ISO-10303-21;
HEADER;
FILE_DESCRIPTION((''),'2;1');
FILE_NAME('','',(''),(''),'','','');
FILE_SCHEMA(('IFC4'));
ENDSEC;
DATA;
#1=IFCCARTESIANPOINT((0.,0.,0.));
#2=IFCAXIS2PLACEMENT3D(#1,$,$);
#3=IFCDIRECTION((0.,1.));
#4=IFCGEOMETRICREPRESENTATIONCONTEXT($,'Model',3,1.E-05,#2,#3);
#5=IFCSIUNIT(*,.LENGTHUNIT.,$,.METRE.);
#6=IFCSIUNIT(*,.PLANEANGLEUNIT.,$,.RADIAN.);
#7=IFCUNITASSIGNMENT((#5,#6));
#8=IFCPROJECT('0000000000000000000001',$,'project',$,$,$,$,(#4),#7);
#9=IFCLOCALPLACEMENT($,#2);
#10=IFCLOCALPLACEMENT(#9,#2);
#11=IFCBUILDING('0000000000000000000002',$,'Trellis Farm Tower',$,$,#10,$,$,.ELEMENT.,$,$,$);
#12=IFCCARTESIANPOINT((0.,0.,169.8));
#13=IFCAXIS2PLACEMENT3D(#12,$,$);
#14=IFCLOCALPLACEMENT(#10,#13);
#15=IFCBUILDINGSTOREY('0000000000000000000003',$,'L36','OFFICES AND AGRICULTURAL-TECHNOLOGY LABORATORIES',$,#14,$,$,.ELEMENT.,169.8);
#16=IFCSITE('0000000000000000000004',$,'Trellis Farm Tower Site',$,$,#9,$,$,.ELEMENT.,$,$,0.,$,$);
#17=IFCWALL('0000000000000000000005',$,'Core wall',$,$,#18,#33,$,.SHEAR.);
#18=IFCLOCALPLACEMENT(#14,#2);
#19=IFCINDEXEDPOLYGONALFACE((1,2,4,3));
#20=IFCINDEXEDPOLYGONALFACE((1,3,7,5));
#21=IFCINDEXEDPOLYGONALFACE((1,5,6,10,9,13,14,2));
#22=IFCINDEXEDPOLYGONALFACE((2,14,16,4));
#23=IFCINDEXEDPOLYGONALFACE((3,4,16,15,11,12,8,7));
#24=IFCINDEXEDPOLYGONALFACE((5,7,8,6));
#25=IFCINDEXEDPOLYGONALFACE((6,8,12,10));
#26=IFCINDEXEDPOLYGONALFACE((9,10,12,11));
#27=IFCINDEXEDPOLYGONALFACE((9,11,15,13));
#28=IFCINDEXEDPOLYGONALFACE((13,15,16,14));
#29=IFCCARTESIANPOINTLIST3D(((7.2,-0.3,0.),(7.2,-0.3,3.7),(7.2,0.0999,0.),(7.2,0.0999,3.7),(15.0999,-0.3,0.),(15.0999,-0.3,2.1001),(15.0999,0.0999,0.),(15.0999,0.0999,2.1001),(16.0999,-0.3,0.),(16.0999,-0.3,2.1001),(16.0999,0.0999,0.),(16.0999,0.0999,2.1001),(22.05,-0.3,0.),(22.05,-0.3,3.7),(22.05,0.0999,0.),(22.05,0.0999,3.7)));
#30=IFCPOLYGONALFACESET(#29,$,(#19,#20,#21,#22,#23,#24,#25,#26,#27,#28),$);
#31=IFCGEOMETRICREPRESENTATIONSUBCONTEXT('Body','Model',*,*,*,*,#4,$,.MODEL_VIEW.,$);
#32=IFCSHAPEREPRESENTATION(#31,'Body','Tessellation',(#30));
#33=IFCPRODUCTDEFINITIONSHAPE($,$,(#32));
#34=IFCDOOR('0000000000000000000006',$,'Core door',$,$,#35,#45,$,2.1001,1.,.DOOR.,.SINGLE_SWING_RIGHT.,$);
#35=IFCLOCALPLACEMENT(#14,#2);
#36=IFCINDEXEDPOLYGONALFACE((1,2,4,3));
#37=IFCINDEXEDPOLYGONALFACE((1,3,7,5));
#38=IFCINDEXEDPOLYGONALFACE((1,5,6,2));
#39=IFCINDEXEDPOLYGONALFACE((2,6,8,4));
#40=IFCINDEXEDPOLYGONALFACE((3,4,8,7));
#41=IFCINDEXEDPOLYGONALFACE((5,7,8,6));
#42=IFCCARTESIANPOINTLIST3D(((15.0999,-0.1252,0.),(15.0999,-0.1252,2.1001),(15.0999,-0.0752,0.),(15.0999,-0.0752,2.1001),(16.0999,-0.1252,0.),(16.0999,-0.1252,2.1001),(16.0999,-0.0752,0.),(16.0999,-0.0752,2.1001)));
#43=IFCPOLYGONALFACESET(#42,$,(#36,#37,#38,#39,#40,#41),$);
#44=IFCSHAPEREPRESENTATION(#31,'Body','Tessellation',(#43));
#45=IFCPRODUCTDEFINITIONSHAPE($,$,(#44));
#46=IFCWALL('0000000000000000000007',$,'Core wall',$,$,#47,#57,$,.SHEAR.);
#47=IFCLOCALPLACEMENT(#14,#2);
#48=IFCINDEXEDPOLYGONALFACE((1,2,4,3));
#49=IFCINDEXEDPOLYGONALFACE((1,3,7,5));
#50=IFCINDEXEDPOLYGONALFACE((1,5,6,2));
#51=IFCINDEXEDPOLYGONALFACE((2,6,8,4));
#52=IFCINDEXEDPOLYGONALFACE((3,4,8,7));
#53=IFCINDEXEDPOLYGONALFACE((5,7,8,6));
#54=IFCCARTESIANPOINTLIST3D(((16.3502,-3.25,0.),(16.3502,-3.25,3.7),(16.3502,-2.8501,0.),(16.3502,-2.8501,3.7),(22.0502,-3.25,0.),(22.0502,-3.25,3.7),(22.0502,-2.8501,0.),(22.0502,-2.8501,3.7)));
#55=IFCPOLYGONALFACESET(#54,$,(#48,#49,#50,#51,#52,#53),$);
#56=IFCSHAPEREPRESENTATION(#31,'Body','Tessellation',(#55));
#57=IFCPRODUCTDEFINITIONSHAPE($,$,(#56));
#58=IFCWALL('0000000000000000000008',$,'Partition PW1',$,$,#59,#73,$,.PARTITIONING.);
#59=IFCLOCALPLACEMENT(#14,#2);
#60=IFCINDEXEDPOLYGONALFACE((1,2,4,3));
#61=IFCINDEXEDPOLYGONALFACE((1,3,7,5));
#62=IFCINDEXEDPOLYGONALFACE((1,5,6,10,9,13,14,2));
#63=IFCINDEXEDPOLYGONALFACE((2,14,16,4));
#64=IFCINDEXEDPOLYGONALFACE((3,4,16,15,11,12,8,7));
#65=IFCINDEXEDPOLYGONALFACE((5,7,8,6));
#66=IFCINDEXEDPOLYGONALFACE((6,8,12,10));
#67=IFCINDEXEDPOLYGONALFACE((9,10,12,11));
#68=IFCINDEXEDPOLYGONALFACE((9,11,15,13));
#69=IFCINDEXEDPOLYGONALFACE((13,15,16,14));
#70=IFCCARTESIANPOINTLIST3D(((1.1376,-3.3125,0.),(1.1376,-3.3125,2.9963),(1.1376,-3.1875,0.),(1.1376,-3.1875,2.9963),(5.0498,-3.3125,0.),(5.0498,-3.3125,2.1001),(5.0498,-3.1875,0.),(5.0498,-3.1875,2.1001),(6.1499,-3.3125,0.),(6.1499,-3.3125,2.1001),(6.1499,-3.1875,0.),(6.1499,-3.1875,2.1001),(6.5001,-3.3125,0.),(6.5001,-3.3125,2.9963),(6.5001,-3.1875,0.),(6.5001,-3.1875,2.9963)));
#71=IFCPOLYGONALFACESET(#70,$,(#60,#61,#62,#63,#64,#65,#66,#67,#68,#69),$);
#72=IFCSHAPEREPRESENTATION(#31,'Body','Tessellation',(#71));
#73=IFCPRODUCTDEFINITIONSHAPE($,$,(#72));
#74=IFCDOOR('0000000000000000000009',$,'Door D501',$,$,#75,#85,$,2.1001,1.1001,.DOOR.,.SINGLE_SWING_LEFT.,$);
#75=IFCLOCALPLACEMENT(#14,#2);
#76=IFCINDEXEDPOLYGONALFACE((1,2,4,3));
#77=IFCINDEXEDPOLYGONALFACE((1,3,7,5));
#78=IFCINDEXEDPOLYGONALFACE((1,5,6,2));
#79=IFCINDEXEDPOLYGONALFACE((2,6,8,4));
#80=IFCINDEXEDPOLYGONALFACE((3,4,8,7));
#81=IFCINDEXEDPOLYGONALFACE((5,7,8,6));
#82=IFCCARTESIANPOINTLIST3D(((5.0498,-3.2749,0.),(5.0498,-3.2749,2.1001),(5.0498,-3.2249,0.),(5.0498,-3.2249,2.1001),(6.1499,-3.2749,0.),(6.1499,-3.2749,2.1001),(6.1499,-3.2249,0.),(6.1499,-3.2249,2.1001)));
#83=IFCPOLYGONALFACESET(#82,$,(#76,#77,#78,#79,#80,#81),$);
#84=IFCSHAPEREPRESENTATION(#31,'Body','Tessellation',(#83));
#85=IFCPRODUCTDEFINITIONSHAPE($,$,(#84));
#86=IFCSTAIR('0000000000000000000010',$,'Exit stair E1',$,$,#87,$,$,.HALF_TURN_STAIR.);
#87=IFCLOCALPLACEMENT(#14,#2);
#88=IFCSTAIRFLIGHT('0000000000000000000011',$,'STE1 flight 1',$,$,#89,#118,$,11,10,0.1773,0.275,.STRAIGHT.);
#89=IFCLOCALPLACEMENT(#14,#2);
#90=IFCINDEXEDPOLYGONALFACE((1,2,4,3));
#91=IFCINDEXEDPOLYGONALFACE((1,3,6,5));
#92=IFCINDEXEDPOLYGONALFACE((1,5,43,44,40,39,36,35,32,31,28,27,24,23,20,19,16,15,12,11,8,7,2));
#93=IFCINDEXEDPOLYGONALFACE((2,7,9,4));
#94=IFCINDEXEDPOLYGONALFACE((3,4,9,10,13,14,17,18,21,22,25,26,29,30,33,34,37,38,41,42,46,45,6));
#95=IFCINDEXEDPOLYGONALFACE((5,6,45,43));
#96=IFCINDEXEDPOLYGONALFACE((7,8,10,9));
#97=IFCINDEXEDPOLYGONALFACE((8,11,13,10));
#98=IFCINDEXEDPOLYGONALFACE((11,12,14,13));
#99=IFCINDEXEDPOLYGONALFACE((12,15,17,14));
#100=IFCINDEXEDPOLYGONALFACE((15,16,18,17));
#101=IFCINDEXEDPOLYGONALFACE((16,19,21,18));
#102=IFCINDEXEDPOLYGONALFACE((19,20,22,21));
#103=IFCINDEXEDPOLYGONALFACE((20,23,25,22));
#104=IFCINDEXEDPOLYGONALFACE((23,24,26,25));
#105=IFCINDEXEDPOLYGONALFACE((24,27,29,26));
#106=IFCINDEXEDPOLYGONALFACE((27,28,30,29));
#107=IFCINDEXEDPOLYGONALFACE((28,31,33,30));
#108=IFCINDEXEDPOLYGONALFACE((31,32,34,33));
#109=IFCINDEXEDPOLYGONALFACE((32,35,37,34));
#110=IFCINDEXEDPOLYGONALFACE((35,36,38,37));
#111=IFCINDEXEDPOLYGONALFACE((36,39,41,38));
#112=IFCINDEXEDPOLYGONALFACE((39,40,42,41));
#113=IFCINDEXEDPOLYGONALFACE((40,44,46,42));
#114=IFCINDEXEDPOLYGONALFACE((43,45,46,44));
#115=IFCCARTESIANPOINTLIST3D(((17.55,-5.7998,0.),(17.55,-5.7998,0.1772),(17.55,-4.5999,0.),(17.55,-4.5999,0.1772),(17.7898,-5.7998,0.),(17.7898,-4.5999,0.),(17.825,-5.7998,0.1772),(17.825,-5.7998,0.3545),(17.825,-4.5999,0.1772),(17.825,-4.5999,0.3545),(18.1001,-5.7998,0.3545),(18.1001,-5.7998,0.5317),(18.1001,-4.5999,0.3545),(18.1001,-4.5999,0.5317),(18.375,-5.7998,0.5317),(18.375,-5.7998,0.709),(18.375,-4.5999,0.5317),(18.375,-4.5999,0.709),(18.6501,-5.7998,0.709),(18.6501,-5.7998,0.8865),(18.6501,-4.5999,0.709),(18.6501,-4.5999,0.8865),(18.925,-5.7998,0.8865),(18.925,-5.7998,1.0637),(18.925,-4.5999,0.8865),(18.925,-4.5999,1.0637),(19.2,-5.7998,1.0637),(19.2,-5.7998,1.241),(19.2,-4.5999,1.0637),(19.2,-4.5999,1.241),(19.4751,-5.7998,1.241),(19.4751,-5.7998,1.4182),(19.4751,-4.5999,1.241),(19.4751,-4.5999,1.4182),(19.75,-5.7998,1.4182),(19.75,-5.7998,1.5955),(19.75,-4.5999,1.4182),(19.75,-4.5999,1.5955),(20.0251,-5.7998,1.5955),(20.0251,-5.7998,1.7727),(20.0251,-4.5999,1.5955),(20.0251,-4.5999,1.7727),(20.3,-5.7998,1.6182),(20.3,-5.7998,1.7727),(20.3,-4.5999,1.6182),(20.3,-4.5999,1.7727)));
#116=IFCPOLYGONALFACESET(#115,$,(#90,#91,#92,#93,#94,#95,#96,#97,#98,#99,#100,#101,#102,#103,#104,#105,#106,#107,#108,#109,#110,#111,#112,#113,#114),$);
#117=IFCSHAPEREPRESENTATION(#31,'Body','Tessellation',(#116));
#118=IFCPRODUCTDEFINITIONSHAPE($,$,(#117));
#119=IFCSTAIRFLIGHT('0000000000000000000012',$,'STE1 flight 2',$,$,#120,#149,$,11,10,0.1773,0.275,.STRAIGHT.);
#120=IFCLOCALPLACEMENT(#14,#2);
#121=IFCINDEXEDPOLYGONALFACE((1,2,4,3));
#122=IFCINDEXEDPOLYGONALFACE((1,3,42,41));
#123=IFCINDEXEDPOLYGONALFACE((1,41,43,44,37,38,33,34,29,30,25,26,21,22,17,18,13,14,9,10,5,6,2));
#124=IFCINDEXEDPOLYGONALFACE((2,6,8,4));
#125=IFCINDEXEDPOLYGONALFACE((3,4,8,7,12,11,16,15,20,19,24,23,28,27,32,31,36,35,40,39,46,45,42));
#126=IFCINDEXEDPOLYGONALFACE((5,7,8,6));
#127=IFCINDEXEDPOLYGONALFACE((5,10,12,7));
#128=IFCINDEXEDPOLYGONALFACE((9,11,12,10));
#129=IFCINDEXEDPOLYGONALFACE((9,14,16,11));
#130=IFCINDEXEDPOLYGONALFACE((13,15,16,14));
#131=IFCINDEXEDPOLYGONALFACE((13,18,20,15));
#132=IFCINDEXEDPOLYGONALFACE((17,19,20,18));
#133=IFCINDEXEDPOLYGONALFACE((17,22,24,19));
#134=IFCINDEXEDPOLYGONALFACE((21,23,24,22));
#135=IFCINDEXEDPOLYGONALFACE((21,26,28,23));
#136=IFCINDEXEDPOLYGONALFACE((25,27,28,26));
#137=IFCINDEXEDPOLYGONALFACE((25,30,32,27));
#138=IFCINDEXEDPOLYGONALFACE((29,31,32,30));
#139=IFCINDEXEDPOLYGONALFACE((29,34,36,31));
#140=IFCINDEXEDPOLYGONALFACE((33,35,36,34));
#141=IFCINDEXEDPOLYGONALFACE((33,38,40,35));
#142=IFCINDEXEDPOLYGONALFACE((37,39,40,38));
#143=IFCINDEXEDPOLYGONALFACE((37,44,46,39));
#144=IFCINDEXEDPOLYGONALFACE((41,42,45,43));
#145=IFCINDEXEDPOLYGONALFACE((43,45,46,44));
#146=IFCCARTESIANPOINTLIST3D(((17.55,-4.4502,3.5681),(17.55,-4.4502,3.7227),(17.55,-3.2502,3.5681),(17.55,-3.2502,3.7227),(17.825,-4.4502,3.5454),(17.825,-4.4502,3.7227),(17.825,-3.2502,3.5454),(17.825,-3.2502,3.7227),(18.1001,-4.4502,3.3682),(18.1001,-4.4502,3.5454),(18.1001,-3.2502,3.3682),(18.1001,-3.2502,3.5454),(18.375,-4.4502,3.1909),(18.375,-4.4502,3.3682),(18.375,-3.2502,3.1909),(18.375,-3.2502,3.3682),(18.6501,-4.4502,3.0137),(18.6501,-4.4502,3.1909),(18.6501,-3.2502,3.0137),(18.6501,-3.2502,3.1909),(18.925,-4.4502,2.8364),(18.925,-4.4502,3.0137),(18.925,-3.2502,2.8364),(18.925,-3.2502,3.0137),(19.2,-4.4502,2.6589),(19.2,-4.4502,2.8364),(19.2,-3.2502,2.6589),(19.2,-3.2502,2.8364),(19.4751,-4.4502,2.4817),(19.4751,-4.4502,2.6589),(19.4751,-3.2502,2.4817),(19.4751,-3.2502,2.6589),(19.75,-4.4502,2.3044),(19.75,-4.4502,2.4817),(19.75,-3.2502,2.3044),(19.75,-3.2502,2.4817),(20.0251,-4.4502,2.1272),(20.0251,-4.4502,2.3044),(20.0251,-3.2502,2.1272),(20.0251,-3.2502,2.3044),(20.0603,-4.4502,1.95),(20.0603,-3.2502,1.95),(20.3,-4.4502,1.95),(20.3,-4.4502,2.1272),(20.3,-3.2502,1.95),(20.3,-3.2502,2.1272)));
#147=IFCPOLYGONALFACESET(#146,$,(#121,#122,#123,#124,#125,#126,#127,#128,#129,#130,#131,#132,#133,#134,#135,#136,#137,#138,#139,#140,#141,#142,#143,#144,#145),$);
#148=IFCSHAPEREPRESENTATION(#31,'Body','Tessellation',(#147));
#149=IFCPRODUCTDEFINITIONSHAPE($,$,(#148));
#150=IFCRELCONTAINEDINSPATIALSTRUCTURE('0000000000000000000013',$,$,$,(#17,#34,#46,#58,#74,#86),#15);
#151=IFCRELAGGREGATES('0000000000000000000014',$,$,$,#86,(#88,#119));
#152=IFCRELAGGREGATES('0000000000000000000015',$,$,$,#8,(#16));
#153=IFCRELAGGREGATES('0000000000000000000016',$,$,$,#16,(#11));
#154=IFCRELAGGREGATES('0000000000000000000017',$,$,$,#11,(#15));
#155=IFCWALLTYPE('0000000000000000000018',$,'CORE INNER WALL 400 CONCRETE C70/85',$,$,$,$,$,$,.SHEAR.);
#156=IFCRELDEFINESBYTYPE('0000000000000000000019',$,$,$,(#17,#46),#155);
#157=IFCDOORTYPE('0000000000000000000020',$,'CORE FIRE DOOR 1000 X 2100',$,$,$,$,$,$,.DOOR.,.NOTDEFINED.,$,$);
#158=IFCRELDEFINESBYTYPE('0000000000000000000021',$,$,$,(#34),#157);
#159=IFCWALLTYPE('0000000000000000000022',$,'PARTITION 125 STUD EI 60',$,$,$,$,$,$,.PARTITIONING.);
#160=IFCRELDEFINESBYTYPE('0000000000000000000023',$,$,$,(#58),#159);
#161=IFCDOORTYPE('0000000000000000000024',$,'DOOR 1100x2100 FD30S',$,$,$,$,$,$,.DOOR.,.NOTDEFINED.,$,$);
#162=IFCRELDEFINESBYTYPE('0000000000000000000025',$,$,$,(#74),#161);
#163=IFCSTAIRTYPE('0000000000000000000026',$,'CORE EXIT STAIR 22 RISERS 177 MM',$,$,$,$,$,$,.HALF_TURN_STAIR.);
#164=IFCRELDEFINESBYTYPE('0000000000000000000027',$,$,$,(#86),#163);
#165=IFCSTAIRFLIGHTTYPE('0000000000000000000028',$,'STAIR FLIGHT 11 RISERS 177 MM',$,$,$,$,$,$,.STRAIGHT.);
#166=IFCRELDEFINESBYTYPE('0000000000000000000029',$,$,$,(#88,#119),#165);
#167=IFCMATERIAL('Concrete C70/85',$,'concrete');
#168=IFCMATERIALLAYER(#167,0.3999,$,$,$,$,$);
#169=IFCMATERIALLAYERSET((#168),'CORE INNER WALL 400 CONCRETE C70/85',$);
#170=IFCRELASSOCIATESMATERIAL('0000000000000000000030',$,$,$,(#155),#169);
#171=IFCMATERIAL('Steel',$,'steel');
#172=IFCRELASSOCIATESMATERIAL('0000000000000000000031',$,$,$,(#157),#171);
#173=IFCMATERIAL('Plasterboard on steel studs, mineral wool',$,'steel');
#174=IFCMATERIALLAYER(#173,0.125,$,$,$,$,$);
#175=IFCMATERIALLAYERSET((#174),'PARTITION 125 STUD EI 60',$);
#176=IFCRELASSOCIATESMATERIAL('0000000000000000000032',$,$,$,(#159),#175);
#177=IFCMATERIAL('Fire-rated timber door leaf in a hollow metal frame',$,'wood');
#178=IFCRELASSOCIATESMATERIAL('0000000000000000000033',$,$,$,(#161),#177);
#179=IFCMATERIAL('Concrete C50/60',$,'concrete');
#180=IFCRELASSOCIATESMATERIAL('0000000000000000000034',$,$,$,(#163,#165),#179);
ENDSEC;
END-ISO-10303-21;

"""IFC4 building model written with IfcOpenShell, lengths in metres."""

from ifc_helpers import new_model, si_unit, direction, frame, frame_2d, origin, place, context, subcontext, project, spatial, polyline, rectangle, outline, extrude, source, transform, mapped, material, layer, layer_set, type_object, element, fill, aggregate, save


model = new_model("IFC4")

# Units and contexts
model_context = context("Model", 3, precision=1e-05, world=origin(), true_north=direction((0.0, 1.0)))
body_context = subcontext(model_context, "Body", "Model", "MODEL_VIEW")
ifc_project = project(units=[si_unit("LENGTHUNIT", "METRE"), si_unit("PLANEANGLEUNIT", "RADIAN")], contexts=[model_context])

# Site, building, storey
site_placement = place(None, origin())
site = spatial("IfcSite", under=ifc_project, at=site_placement, Name="Trellis Farm Tower Site", CompositionType="ELEMENT", RefElevation=0.0)
building_placement = place(site_placement, origin())
building = spatial("IfcBuilding", under=site, at=building_placement, Name="Trellis Farm Tower", CompositionType="ELEMENT")
storey_placement = place(building_placement, frame((0.0, 0.0, 169.8)))
storey = spatial("IfcBuildingStorey", under=building, at=storey_placement, Name="L36", Description="OFFICES AND AGRICULTURAL-TECHNOLOGY LABORATORIES", CompositionType="ELEMENT", Elevation=169.8)

# Shared definitions
ifc_material_1 = material(Name="Concrete C70/85", Category="concrete")

# Shared definitions
placement = place(storey_placement, origin())

# Shared definitions
ifc_layer_1 = layer(ifc_material_1, 0.3999)
ifc_layer_set_1 = layer_set([ifc_layer_1], Name="CORE INNER WALL 400 CONCRETE C70/85")
wall_type_1 = type_object("IfcWallType", Name="CORE INNER WALL 400 CONCRETE C70/85", PredefinedType="SHEAR", material=ifc_layer_set_1)
shared_shape_1 = source(origin(), body_context, "Body", "SweptSolid", [
    extrude(rectangle(XDim=1.0, YDim=2.1001, at=frame_2d((0.5, 1.05))), frame((0.0, 0.21, 0.0), z_axis=(0.0, -1.0, 0.0), x_axis=(1.0, 0.0, 0.0)), (0.0, 0.0, 1.0), 0.4199),
])
ifc_material_2 = material(Name="Steel", Category="steel")
door_type_1 = type_object("IfcDoorType", Name="CORE FIRE DOOR 1000 X 2100", OperationType="NOTDEFINED", PredefinedType="DOOR", material=ifc_material_2)
shared_shape_2 = source(origin(), body_context, "Body", "SweptSolid", [
    extrude(rectangle(XDim=1.0, YDim=2.1001, at=frame_2d((0.5, 1.05))), frame((0.0, 0.0249, 0.0), z_axis=(0.0, -1.0, 0.0), x_axis=(1.0, 0.0, 0.0)), (0.0, 0.0, 1.0), 0.05),
])

# Wall, opening, door
shared_shape_3 = source(origin(), body_context, "Body", "SweptSolid", [
    extrude(rectangle(XDim=14.8501, YDim=0.3999, at=frame_2d((7.425, 0.0))), origin(), (0.0, 0.0, 1.0), 3.7),
])
wall_1_placement = place(storey_placement, frame((7.2, -0.1001, 0.0), z_axis=(0.0, 0.0, 1.0), x_axis=(1.0, 0.0, 0.0)))
wall_1 = element("IfcWall", 1, at=wall_1_placement, inside=storey, type_object=wall_type_1, Name="Core wall", PredefinedType="SHEAR", context=body_context, shape_type="MappedRepresentation", body=[
    mapped(shared_shape_3, transform((0.0, 0.0, 0.0))),
])
opening_1_placement = place(wall_1_placement, frame((7.8999, 0.0, 0.0)))
opening_1 = element("IfcOpeningElement", 2, at=opening_1_placement, cuts=wall_1, PredefinedType="OPENING", context=body_context, shape_type="MappedRepresentation", body=[
    mapped(shared_shape_1, transform((0.0, 0.0, 0.0))),
])
door_1_placement = place(opening_1_placement, origin())
door_1 = element("IfcDoor", 3, at=door_1_placement, inside=storey, type_object=door_type_1, Name="Core door", OperationType="SINGLE_SWING_RIGHT", OverallHeight=2.1001, OverallWidth=1.0, PredefinedType="DOOR", context=body_context, shape_type="MappedRepresentation", body=[
    mapped(shared_shape_2, transform((0.0, 0.0, 0.0))),
])
fill(opening_1, door_1)

# Wall
shared_shape_4 = source(origin(), body_context, "Body", "SweptSolid", [
    extrude(rectangle(XDim=5.7, YDim=0.3999, at=frame_2d((2.8501, 0.0))), origin(), (0.0, 0.0, 1.0), 3.7),
])
wall_2_placement = place(storey_placement, frame((16.3501, -3.05, 0.0), z_axis=(0.0, 0.0, 1.0), x_axis=(1.0, 0.0, 0.0)))
element("IfcWall", 4, at=wall_2_placement, inside=storey, type_object=wall_type_1, Name="Core wall", PredefinedType="SHEAR", context=body_context, shape_type="MappedRepresentation", body=[
    mapped(shared_shape_4, transform((0.0, 0.0, 0.0))),
])

# Wall, opening, door
ifc_material_3 = material(Name="Plasterboard on steel studs, mineral wool", Category="steel")
ifc_layer_2 = layer(ifc_material_3, 0.125)
ifc_layer_set_2 = layer_set([ifc_layer_2], Name="PARTITION 125 STUD EI 60")
wall_type_2 = type_object("IfcWallType", Name="PARTITION 125 STUD EI 60", PredefinedType="PARTITIONING", material=ifc_layer_set_2)
shared_shape_5 = source(origin(), body_context, "Body", "SweptSolid", [
    extrude(rectangle(XDim=5.3625, YDim=0.125, at=frame_2d((2.6812, 0.0))), origin(), (0.0, 0.0, 1.0), 2.9963),
])
wall_3_placement = place(storey_placement, frame((6.5, -3.25, 0.0), z_axis=(0.0, 0.0, 1.0), x_axis=(-1.0, 0.0, 0.0)))
wall_3 = element("IfcWall", 5, at=wall_3_placement, inside=storey, type_object=wall_type_2, Name="Partition PW1", PredefinedType="PARTITIONING", context=body_context, shape_type="MappedRepresentation", body=[
    mapped(shared_shape_5, transform((0.0, 0.0, 0.0))),
])
shared_shape_6 = source(origin(), body_context, "Body", "SweptSolid", [
    extrude(rectangle(XDim=1.1001, YDim=2.1001, at=frame_2d((0.55, 1.05))), frame((0.0, 0.0725, 0.0), z_axis=(0.0, -1.0, 0.0), x_axis=(1.0, 0.0, 0.0)), (0.0, 0.0, 1.0), 0.145),
])
opening_2_placement = place(wall_3_placement, frame((0.3501, 0.0, 0.0)))
opening_2 = element("IfcOpeningElement", 6, at=opening_2_placement, cuts=wall_3, PredefinedType="OPENING", context=body_context, shape_type="MappedRepresentation", body=[
    mapped(shared_shape_6, transform((0.0, 0.0, 0.0))),
])
ifc_material_4 = material(Name="Fire-rated timber door leaf in a hollow metal frame", Category="wood")
door_type_2 = type_object("IfcDoorType", Name="DOOR 1100x2100 FD30S", OperationType="NOTDEFINED", PredefinedType="DOOR", material=ifc_material_4)
shared_shape_7 = source(origin(), body_context, "Body", "SweptSolid", [
    extrude(rectangle(XDim=1.1001, YDim=2.1001, at=frame_2d((0.55, 1.05))), frame((0.0, 0.0249, 0.0), z_axis=(0.0, -1.0, 0.0), x_axis=(1.0, 0.0, 0.0)), (0.0, 0.0, 1.0), 0.05),
])
door_2_placement = place(opening_2_placement, origin())
door_2 = element("IfcDoor", 7, at=door_2_placement, inside=storey, type_object=door_type_2, Name="Door D501", OperationType="SINGLE_SWING_LEFT", OverallHeight=2.1001, OverallWidth=1.1001, PredefinedType="DOOR", context=body_context, shape_type="MappedRepresentation", body=[
    mapped(shared_shape_7, transform((0.0, 0.0, 0.0))),
])
fill(opening_2, door_2)

# Stair, stair flights
ifc_material_5 = material(Name="Concrete C50/60", Category="concrete")
stair_type = type_object("IfcStairType", Name="CORE EXIT STAIR 22 RISERS 177 MM", PredefinedType="HALF_TURN_STAIR", material=ifc_material_5)
stair_1 = element("IfcStair", 8, at=placement, inside=storey, type_object=stair_type, Name="Exit stair E1", PredefinedType="HALF_TURN_STAIR")
stair_flight_type = type_object("IfcStairFlightType", Name="STAIR FLIGHT 11 RISERS 177 MM", PredefinedType="STRAIGHT", material=ifc_material_5)
shared_shape_8 = source(origin(), body_context, "Body", "SweptSolid", [
    extrude(outline(polyline([(0.0, 0.0), (0.0, 0.1772), (0.2749, 0.1772), (0.2749, 0.3545), (0.55, 0.3545), (0.55, 0.5317), (0.825, 0.5317), (0.825, 0.709), (1.1001, 0.709), (1.1001, 0.8865), (1.375, 0.8865), (1.375, 1.0637), (1.6499, 1.0637), (1.6499, 1.241), (1.925, 1.241), (1.925, 1.4182), (2.2, 1.4182), (2.2, 1.5955), (2.4751, 1.5955), (2.4751, 1.7727), (2.75, 1.7727), (2.75, 1.95), (2.75, 1.6182), (0.2397, 0.0), (0.0, 0.0)])), frame((0.0, 0.6001, 0.0), z_axis=(0.0, -1.0, 0.0), x_axis=(1.0, 0.0, 0.0)), (0.0, 0.0, 1.0), 1.2),
])
stair_flight_1_placement = place(storey_placement, frame((17.55, -5.2, 0.0), z_axis=(0.0, 0.0, 1.0), x_axis=(1.0, 0.0, 0.0)))
stair_flight_1 = element("IfcStairFlight", 9, at=stair_flight_1_placement, type_object=stair_flight_type, Name="STE1 flight 1", NumberOfRisers=11, NumberOfTreads=10, PredefinedType="STRAIGHT", RiserHeight=0.1773, TreadLength=0.275, context=body_context, shape_type="MappedRepresentation", body=[
    mapped(shared_shape_8, transform((0.0, 0.0, 0.0))),
])
stair_flight_2_placement = place(storey_placement, frame((20.3, -3.8501, 1.95), z_axis=(0.0, 0.0, 1.0), x_axis=(-1.0, 0.0, 0.0)))
stair_flight_2 = element("IfcStairFlight", 10, at=stair_flight_2_placement, type_object=stair_flight_type, Name="STE1 flight 2", NumberOfRisers=11, NumberOfTreads=10, PredefinedType="STRAIGHT", RiserHeight=0.1773, TreadLength=0.275, context=body_context, shape_type="MappedRepresentation", body=[
    mapped(shared_shape_8, transform((0.0, 0.0, 0.0))),
])
aggregate(stair_1, [stair_flight_1, stair_flight_2])

save(model, "model.ifc")
